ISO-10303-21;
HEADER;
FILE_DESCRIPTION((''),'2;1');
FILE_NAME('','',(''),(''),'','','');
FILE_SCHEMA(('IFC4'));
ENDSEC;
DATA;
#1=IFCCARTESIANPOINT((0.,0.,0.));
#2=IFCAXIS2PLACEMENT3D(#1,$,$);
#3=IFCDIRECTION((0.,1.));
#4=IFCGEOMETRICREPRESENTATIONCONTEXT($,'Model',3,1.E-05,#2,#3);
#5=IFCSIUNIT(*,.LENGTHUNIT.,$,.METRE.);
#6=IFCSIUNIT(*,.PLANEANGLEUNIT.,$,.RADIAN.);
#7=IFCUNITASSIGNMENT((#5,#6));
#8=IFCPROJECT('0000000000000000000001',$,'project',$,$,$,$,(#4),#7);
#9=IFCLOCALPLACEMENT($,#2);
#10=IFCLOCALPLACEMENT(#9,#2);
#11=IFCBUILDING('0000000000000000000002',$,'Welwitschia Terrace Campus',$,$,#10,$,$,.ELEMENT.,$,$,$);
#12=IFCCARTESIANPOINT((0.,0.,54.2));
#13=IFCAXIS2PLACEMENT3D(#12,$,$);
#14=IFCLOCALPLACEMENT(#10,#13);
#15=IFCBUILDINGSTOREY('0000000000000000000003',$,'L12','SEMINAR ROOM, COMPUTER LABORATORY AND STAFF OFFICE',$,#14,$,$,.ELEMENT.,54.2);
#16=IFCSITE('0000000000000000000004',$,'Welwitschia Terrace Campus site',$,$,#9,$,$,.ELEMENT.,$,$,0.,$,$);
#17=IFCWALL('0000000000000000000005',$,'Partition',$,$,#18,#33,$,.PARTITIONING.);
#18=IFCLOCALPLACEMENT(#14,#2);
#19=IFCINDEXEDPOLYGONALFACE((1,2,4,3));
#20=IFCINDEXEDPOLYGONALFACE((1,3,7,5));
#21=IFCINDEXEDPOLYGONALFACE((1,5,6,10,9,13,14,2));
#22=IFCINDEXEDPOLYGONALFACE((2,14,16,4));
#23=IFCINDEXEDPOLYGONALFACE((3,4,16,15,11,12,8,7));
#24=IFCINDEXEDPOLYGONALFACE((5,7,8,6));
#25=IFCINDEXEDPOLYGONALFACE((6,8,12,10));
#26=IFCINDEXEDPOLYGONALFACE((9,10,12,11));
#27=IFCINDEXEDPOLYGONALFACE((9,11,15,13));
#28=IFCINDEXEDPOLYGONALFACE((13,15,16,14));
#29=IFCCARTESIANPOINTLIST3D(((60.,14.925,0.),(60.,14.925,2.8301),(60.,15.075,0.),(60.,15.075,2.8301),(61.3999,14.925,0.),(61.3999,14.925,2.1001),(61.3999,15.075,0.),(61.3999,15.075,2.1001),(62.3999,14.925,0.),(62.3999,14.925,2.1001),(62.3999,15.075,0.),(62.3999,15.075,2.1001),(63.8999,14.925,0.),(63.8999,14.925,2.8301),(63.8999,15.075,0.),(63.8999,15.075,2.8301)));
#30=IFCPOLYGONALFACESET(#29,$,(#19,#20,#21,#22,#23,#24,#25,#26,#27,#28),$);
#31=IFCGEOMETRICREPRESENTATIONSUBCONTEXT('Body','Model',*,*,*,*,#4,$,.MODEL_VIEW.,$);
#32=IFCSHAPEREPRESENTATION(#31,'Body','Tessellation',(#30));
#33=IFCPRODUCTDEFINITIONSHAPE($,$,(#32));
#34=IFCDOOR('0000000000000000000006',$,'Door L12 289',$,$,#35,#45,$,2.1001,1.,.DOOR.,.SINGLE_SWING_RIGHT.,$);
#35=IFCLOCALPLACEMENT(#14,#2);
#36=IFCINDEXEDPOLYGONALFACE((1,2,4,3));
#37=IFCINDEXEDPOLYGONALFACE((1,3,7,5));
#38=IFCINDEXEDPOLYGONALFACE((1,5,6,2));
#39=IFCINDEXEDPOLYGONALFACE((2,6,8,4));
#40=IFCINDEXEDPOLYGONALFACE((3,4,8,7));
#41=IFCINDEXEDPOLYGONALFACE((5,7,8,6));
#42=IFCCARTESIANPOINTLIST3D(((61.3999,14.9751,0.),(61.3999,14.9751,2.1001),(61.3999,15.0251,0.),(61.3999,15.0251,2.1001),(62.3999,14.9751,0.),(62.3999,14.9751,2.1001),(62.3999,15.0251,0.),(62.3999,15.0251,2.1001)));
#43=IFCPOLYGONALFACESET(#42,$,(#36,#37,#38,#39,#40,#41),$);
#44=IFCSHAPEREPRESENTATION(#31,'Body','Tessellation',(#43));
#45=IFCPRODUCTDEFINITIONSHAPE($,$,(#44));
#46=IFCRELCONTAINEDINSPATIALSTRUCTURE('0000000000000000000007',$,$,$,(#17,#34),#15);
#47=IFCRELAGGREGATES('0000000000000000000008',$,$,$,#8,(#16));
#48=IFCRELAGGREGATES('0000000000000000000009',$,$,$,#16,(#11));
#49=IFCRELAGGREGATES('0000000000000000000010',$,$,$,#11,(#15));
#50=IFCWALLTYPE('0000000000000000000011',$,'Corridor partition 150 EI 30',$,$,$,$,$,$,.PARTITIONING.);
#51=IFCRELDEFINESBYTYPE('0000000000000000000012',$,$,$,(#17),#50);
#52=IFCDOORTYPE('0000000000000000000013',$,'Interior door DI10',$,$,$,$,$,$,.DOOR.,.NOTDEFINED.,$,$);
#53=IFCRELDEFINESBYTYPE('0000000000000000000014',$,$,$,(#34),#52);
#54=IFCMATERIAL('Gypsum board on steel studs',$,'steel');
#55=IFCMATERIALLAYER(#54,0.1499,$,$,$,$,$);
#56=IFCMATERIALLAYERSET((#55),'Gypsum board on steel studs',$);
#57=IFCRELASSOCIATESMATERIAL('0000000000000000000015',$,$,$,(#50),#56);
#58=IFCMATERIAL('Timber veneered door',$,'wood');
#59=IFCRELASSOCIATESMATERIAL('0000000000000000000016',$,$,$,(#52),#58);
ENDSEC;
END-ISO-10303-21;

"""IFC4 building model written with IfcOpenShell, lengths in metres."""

from ifc_helpers import new_model, si_unit, direction, frame, frame_2d, origin, place, context, subcontext, project, spatial, rectangle, extrude, material, layer, layer_set, type_object, element, fill, save


model = new_model("IFC4")

# Units and contexts
model_context = context("Model", 3, precision=1e-05, world=origin(), true_north=direction((0.0, 1.0)))
body_context = subcontext(model_context, "Body", "Model", "MODEL_VIEW")
ifc_project = project(units=[si_unit("LENGTHUNIT", "METRE"), si_unit("PLANEANGLEUNIT", "RADIAN")], contexts=[model_context])

# Site, building, storey
site_placement = place(None, origin())
site = spatial("IfcSite", under=ifc_project, at=site_placement, Name="Welwitschia Terrace Campus site", CompositionType="ELEMENT", RefElevation=0.0)
building_placement = place(site_placement, origin())
building = spatial("IfcBuilding", under=site, at=building_placement, Name="Welwitschia Terrace Campus", CompositionType="ELEMENT")
storey_placement = place(building_placement, frame((0.0, 0.0, 54.2)))
storey = spatial("IfcBuildingStorey", under=building, at=storey_placement, Name="L12", Description="SEMINAR ROOM, COMPUTER LABORATORY AND STAFF OFFICE", CompositionType="ELEMENT", Elevation=54.2)

# Shared definitions
ifc_material_1 = material(Name="Gypsum board on steel studs", Category="steel")
ifc_layer_1 = layer(ifc_material_1, 0.1499)
ifc_layer_set_1 = layer_set([ifc_layer_1], Name="Gypsum board on steel studs")
wall_type = type_object("IfcWallType", Name="Corridor partition 150 EI 30", PredefinedType="PARTITIONING", material=ifc_layer_set_1)
ifc_material_2 = material(Name="Timber veneered door", Category="wood")
door_type = type_object("IfcDoorType", Name="Interior door DI10", OperationType="NOTDEFINED", PredefinedType="DOOR", material=ifc_material_2)

# Wall, opening, door
wall_1_placement = place(storey_placement, frame((63.8999, 15.0, 0.0), z_axis=(0.0, 0.0, 1.0), x_axis=(-1.0, 0.0, 0.0)))
wall_1 = element("IfcWall", 1, at=wall_1_placement, inside=storey, type_object=wall_type, Name="Partition", PredefinedType="PARTITIONING", context=body_context, shape_type="SweptSolid", body=[
    extrude(rectangle(XDim=3.8999, YDim=0.1499, at=frame_2d((1.95, 0.0))), origin(), (0.0, 0.0, 1.0), 2.8301),
])
opening_1_placement = place(wall_1_placement, frame((1.5, 0.0, 0.0)))
opening_1 = element("IfcOpeningElement", 2, at=opening_1_placement, cuts=wall_1, PredefinedType="OPENING", context=body_context, shape_type="SweptSolid", body=[
    extrude(rectangle(XDim=1.0, YDim=2.1001, at=frame_2d((0.5, 1.05))), frame((0.0, 0.085, 0.0), z_axis=(0.0, -1.0, 0.0), x_axis=(1.0, 0.0, 0.0)), (0.0, 0.0, 1.0), 0.1699),
])
door_1_placement = place(opening_1_placement, origin())
door_1 = element("IfcDoor", 3, at=door_1_placement, inside=storey, type_object=door_type, Name="Door L12 289", OperationType="SINGLE_SWING_RIGHT", OverallHeight=2.1001, OverallWidth=1.0, PredefinedType="DOOR", context=body_context, shape_type="SweptSolid", body=[
    extrude(rectangle(XDim=1.0, YDim=2.1001, at=frame_2d((0.5, 1.05))), frame((0.0, 0.0249, 0.0), z_axis=(0.0, -1.0, 0.0), x_axis=(1.0, 0.0, 0.0)), (0.0, 0.0, 1.0), 0.05),
])
fill(opening_1, door_1)

save(model, "model.ifc")
